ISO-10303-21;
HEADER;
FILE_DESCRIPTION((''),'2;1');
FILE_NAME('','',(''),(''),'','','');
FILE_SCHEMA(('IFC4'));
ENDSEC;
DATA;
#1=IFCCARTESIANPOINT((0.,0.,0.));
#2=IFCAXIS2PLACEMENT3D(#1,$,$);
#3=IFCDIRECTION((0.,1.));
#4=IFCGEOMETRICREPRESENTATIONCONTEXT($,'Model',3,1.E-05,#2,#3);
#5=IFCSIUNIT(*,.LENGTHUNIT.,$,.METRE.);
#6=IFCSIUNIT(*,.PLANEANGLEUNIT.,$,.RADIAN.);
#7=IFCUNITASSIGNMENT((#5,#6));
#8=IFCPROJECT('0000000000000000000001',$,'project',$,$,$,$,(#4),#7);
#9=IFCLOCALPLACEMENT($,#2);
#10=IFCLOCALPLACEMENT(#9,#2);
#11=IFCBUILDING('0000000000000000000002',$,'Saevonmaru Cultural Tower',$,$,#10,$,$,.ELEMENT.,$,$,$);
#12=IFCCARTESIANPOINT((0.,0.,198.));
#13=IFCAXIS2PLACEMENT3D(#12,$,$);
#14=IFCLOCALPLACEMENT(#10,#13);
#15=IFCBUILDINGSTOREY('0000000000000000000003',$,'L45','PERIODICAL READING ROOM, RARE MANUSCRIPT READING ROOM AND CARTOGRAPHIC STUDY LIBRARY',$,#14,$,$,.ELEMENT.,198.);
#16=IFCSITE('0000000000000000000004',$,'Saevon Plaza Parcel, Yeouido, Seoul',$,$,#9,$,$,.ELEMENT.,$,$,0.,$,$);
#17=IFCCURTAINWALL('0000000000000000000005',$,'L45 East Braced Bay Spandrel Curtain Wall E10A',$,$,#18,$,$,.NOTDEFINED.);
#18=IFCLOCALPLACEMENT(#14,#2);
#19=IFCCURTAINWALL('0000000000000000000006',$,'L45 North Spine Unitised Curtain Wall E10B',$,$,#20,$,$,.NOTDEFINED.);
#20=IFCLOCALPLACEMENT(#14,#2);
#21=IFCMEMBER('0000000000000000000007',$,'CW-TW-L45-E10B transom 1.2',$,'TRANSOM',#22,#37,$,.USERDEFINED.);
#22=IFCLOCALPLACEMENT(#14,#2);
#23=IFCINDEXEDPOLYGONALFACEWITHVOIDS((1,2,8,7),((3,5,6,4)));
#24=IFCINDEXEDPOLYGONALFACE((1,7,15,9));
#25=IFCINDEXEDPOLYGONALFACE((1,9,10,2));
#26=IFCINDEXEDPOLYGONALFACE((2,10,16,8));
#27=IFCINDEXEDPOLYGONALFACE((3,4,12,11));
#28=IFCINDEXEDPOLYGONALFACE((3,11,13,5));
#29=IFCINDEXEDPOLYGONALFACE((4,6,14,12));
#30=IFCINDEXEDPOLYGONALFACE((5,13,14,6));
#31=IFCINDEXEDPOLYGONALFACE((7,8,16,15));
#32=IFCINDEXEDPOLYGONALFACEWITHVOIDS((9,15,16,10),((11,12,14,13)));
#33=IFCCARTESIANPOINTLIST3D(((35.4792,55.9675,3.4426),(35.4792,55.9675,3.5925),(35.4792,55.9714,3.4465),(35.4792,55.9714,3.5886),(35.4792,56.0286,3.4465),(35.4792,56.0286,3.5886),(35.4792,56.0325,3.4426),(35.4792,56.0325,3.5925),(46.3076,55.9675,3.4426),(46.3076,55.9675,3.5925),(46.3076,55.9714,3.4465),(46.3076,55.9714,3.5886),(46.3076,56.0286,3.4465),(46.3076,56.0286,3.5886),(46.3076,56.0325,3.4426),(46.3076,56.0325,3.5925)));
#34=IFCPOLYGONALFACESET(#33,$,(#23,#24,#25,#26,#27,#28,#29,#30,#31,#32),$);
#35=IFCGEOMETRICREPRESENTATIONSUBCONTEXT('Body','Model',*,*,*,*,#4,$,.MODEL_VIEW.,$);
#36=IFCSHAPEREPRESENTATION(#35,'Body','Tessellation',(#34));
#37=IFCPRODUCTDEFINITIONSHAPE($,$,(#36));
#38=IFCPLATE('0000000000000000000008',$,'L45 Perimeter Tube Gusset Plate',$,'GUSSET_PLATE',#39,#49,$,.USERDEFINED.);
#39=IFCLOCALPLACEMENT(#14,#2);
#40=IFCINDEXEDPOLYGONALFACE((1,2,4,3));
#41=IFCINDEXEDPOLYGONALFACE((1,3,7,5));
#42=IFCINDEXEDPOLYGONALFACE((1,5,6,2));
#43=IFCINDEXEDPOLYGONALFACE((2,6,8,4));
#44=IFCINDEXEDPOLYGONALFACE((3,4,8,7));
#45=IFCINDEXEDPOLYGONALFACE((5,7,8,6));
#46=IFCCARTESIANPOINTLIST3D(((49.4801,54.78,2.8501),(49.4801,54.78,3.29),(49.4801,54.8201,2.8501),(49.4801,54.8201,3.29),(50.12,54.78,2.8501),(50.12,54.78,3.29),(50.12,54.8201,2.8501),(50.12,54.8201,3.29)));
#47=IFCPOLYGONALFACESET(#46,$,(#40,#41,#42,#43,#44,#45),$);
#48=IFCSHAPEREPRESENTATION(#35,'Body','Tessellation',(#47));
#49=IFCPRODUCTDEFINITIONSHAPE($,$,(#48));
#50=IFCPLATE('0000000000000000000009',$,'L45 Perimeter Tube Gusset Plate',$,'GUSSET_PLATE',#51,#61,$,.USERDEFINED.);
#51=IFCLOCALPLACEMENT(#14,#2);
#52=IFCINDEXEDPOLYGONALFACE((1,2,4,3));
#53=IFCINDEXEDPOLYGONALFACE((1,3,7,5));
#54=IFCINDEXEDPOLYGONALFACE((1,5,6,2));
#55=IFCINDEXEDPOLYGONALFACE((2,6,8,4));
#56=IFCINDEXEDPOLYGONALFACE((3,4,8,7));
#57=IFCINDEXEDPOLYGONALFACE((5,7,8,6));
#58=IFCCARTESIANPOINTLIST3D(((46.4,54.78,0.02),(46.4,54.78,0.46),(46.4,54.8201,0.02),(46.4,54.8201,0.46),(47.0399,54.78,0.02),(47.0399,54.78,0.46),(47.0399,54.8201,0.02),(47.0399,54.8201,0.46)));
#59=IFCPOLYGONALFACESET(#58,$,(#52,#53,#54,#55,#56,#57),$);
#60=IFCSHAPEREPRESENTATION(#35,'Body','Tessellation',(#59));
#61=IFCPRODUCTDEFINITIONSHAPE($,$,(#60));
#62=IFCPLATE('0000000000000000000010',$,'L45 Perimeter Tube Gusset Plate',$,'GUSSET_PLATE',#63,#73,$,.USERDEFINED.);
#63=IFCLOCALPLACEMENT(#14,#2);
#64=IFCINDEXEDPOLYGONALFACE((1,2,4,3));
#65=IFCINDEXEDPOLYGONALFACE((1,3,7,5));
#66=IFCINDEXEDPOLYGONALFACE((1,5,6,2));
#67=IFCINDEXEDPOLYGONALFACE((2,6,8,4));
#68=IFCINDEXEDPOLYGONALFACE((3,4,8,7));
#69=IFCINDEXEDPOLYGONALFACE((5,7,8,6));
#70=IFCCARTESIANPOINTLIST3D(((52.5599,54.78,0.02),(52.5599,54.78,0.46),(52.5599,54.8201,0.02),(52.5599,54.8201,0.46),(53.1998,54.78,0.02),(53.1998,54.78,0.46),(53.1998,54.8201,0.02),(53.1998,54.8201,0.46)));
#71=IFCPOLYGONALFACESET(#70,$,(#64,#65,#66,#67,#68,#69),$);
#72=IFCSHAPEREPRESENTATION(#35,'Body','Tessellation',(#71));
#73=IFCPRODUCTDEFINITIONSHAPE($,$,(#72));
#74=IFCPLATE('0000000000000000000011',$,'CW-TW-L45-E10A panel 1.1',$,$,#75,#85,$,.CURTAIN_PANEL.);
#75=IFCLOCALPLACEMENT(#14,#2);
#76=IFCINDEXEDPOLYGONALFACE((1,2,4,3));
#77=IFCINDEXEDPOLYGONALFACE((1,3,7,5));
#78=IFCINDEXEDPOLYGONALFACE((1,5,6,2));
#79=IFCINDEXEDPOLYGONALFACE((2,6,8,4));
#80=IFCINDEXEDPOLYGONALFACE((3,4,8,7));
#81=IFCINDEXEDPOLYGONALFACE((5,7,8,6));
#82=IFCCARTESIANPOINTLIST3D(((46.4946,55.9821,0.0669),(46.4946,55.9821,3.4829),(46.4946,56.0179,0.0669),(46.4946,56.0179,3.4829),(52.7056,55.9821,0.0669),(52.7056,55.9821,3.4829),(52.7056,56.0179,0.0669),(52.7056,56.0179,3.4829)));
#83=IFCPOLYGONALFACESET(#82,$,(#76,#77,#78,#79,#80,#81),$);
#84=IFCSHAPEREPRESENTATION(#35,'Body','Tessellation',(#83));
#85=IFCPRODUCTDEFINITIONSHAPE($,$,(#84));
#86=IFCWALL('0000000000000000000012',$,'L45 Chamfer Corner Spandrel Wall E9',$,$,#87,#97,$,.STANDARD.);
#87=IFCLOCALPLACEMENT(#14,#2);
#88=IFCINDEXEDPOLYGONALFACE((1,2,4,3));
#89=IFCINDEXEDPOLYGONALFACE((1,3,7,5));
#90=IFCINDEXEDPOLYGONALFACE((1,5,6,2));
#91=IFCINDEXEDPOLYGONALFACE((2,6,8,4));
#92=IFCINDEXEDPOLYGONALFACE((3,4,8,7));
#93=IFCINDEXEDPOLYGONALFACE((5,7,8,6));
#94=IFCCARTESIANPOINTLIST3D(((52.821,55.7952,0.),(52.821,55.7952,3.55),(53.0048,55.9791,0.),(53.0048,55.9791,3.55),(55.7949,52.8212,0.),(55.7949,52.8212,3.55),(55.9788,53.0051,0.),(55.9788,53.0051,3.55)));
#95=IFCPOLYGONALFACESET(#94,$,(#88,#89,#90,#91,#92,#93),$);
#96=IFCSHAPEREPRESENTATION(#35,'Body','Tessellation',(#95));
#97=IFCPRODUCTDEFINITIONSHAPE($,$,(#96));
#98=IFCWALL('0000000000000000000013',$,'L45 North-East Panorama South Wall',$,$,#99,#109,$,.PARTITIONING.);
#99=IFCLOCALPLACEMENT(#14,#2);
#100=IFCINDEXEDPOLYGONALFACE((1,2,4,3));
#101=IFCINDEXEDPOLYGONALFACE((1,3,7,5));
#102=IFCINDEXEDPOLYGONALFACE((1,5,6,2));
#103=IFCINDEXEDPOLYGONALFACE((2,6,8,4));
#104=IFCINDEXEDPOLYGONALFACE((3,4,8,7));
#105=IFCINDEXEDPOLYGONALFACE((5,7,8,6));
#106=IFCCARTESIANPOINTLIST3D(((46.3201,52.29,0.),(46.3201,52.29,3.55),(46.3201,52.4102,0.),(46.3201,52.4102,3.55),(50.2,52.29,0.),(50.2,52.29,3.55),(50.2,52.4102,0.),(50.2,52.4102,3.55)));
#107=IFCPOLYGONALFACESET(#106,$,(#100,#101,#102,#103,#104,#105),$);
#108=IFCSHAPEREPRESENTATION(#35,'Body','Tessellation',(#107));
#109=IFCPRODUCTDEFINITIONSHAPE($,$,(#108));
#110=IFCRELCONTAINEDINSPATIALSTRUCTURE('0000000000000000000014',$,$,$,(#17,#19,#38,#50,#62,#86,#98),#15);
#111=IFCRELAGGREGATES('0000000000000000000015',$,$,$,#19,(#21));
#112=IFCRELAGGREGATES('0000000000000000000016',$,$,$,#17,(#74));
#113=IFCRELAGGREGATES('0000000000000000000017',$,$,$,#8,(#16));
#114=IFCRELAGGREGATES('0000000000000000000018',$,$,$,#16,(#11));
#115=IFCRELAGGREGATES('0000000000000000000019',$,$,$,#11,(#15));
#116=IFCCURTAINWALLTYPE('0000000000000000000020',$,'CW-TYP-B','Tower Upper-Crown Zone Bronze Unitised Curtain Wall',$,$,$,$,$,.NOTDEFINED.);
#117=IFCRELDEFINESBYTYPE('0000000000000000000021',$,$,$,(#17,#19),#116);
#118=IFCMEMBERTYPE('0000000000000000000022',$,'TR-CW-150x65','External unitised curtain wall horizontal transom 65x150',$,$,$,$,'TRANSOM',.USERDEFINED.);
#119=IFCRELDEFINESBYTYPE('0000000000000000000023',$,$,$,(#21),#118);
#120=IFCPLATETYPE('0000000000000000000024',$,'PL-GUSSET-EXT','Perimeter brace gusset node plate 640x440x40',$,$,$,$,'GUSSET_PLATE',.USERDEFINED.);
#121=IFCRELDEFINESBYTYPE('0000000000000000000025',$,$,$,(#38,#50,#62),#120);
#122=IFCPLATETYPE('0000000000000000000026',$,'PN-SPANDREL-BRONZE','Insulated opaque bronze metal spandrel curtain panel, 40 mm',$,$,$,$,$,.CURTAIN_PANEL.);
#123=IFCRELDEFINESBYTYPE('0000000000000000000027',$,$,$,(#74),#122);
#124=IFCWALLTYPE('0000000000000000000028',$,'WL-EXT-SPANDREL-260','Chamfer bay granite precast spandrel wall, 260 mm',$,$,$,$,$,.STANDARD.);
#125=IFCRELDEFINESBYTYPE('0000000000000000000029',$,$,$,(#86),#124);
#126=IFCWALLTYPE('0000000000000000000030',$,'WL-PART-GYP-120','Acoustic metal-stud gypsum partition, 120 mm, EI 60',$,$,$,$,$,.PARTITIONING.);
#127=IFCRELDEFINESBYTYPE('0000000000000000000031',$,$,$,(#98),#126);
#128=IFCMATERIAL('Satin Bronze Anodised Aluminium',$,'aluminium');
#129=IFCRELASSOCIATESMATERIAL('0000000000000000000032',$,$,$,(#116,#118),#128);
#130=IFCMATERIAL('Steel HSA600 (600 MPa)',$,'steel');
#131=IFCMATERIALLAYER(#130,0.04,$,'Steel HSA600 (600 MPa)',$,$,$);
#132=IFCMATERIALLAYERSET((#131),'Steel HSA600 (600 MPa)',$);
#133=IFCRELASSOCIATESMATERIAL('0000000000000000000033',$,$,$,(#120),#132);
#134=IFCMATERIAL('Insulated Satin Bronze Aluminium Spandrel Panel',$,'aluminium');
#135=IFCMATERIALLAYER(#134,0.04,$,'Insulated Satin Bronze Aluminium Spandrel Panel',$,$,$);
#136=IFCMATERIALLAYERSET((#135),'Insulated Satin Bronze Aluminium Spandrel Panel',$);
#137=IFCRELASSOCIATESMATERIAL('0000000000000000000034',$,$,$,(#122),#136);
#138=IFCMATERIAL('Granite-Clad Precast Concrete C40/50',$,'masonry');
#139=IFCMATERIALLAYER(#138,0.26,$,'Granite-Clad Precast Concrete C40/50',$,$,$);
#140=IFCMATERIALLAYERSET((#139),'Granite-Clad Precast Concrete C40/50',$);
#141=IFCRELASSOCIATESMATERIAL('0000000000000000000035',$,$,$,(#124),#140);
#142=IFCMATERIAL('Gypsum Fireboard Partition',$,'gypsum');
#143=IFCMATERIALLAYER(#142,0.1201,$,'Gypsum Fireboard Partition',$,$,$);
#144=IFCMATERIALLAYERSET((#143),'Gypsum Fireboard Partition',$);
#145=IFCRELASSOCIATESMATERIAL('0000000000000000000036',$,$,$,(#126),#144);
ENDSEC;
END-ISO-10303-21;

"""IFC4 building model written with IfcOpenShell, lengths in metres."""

from ifc_helpers import new_model, si_unit, direction, frame, frame_2d, origin, origin_2d, place, context, subcontext, project, spatial, rectangle, hollow_rectangle, extrude, material, layer, layer_set, material_profile, profile_set, type_object, element, aggregate, save


model = new_model("IFC4")

# Units and contexts
model_context = context("Model", 3, precision=1e-05, world=origin(), true_north=direction((0.0, 1.0)))
body_context = subcontext(model_context, "Body", "Model", "MODEL_VIEW")
ifc_project = project(units=[si_unit("LENGTHUNIT", "METRE"), si_unit("PLANEANGLEUNIT", "RADIAN")], contexts=[model_context])

# Site, building, storey
site_placement = place(None, origin())
site = spatial("IfcSite", under=ifc_project, at=site_placement, Name="Saevon Plaza Parcel, Yeouido, Seoul", CompositionType="ELEMENT", RefElevation=0.0)
building_placement = place(site_placement, origin())
building = spatial("IfcBuilding", under=site, at=building_placement, Name="Saevonmaru Cultural Tower", CompositionType="ELEMENT")
storey_placement = place(building_placement, frame((0.0, 0.0, 198.0)))
storey = spatial("IfcBuildingStorey", under=building, at=storey_placement, Name="L45", Description="PERIODICAL READING ROOM, RARE MANUSCRIPT READING ROOM AND CARTOGRAPHIC STUDY LIBRARY", CompositionType="ELEMENT", Elevation=198.0)

# Shared definitions
ifc_material_1 = material(Name="Satin Bronze Anodised Aluminium", Category="aluminium")
curtain_wall_type = type_object("IfcCurtainWallType", Name="CW-TYP-B", Description="Tower Upper-Crown Zone Bronze Unitised Curtain Wall", PredefinedType="NOTDEFINED", material=ifc_material_1)

# Curtain wall
curtain_wall_1_placement = place(storey_placement, origin())
curtain_wall_1 = element("IfcCurtainWall", 1, at=curtain_wall_1_placement, inside=storey, type_object=curtain_wall_type, Name="L45 East Braced Bay Spandrel Curtain Wall E10A", PredefinedType="NOTDEFINED")

# Curtain wall
curtain_wall_2_placement = place(storey_placement, origin())
curtain_wall_2 = element("IfcCurtainWall", 2, at=curtain_wall_2_placement, inside=storey, type_object=curtain_wall_type, Name="L45 North Spine Unitised Curtain Wall E10B", PredefinedType="NOTDEFINED")

# Member
ifc_material_profile_1 = material_profile(ifc_material_1, hollow_rectangle(XDim=0.0649, YDim=0.1499, WallThickness=0.0039, at=origin_2d()), Name="ALU-TRAN-150x65x4")
ifc_profile_set_1 = profile_set([ifc_material_profile_1], Name="Satin Bronze Anodised Aluminium")
member_type_1 = type_object("IfcMemberType", Name="TR-CW-150x65", Description="External unitised curtain wall horizontal transom 65x150", ElementType="TRANSOM", PredefinedType="USERDEFINED", material=ifc_profile_set_1)
member_1_placement = place(storey_placement, frame((46.3076, 56.0, 3.5176), z_axis=(-1.0, 0.0, 0.0), x_axis=(0.0, -1.0, 0.0)))
member_1 = element("IfcMember", 3, at=member_1_placement, type_object=member_type_1, Name="CW-TW-L45-E10B transom 1.2", ObjectType="TRANSOM", PredefinedType="USERDEFINED", context=body_context, shape_type="SweptSolid", body=[
    extrude(hollow_rectangle(XDim=0.0649, YDim=0.1499, WallThickness=0.0039, at=origin_2d()), origin(), (0.0, 0.0, 1.0), 10.8284),
])
aggregate(curtain_wall_2, [member_1])

# Plates
ifc_material_2 = material(Name="Steel HSA600 (600 MPa)", Category="steel")
ifc_layer_1 = layer(ifc_material_2, 0.04, Name="Steel HSA600 (600 MPa)")
ifc_layer_set_1 = layer_set([ifc_layer_1], Name="Steel HSA600 (600 MPa)")
plate_type_1 = type_object("IfcPlateType", Name="PL-GUSSET-EXT", Description="Perimeter brace gusset node plate 640x440x40", ElementType="GUSSET_PLATE", PredefinedType="USERDEFINED", material=ifc_layer_set_1)
for number, where, z_axis, x_axis, name in (
    (4, (49.8, 54.8, 2.8501), (0.0, 0.0, 1.0), (1.0, 0.0, 0.0), "L45 Perimeter Tube Gusset Plate"),
    (5, (46.72, 54.8, 0.02), (0.0, 0.0, 1.0), (1.0, 0.0, 0.0), "L45 Perimeter Tube Gusset Plate"),
    (6, (52.8799, 54.8, 0.02), (0.0, 0.0, 1.0), (1.0, 0.0, 0.0), "L45 Perimeter Tube Gusset Plate"),
):
    element("IfcPlate", number, at=place(storey_placement, frame(where, z_axis=z_axis, x_axis=x_axis)), inside=storey, type_object=plate_type_1, Name=name, ObjectType="GUSSET_PLATE", PredefinedType="USERDEFINED", context=body_context, shape_type="SweptSolid", body=[
        extrude(rectangle(XDim=0.6399, YDim=0.04, at=origin_2d()), origin(), (0.0, 0.0, 1.0), 0.4399),
    ])

# Plate
ifc_material_3 = material(Name="Insulated Satin Bronze Aluminium Spandrel Panel", Category="aluminium")
ifc_layer_2 = layer(ifc_material_3, 0.04, Name="Insulated Satin Bronze Aluminium Spandrel Panel")
ifc_layer_set_2 = layer_set([ifc_layer_2], Name="Insulated Satin Bronze Aluminium Spandrel Panel")
plate_type_2 = type_object("IfcPlateType", Name="PN-SPANDREL-BRONZE", Description="Insulated opaque bronze metal spandrel curtain panel, 40 mm", PredefinedType="CURTAIN_PANEL", material=ifc_layer_set_2)
plate_placement = place(storey_placement, frame((49.6001, 56.0, 0.0669), z_axis=(0.0, 0.0, 1.0), x_axis=(-1.0, 0.0, 0.0)))
plate = element("IfcPlate", 7, at=plate_placement, type_object=plate_type_2, Name="CW-TW-L45-E10A panel 1.1", PredefinedType="CURTAIN_PANEL", context=body_context, shape_type="SweptSolid", body=[
    extrude(rectangle(XDim=6.2109, YDim=0.0359, at=origin_2d()), origin(), (0.0, 0.0, 1.0), 3.416),
])
aggregate(curtain_wall_1, [plate])

# Walls
ifc_material_4 = material(Name="Granite-Clad Precast Concrete C40/50", Category="masonry")
ifc_layer_3 = layer(ifc_material_4, 0.26, Name="Granite-Clad Precast Concrete C40/50")
ifc_layer_set_3 = layer_set([ifc_layer_3], Name="Granite-Clad Precast Concrete C40/50")
wall_type_1 = type_object("IfcWallType", Name="WL-EXT-SPANDREL-260", Description="Chamfer bay granite precast spandrel wall, 260 mm", PredefinedType="STANDARD", material=ifc_layer_set_3)
wall_1_placement = place(storey_placement, frame((55.887, 52.9131, 0.0), z_axis=(0.0, 0.0, 1.0), x_axis=(-0.707107, 0.707107, 0.0)))
element("IfcWall", 8, at=wall_1_placement, inside=storey, type_object=wall_type_1, Name="L45 Chamfer Corner Spandrel Wall E9", PredefinedType="STANDARD", context=body_context, shape_type="SweptSolid", body=[
    extrude(rectangle(XDim=4.2058, YDim=0.26, at=frame_2d((2.103, 0.0))), origin(), (0.0, 0.0, 1.0), 3.55),
])
ifc_material_5 = material(Name="Gypsum Fireboard Partition", Category="gypsum")
ifc_layer_4 = layer(ifc_material_5, 0.1201, Name="Gypsum Fireboard Partition")
ifc_layer_set_4 = layer_set([ifc_layer_4], Name="Gypsum Fireboard Partition")
wall_type_2 = type_object("IfcWallType", Name="WL-PART-GYP-120", Description="Acoustic metal-stud gypsum partition, 120 mm, EI 60", PredefinedType="PARTITIONING", material=ifc_layer_set_4)
wall_2_placement = place(storey_placement, frame((46.3201, 52.3501, 0.0), z_axis=(0.0, 0.0, 1.0), x_axis=(1.0, 0.0, 0.0)))
element("IfcWall", 9, at=wall_2_placement, inside=storey, type_object=wall_type_2, Name="L45 North-East Panorama South Wall", PredefinedType="PARTITIONING", context=body_context, shape_type="SweptSolid", body=[
    extrude(rectangle(XDim=3.8799, YDim=0.1201, at=frame_2d((1.9399, 0.0))), origin(), (0.0, 0.0, 1.0), 3.55),
])

save(model, "model.ifc")
